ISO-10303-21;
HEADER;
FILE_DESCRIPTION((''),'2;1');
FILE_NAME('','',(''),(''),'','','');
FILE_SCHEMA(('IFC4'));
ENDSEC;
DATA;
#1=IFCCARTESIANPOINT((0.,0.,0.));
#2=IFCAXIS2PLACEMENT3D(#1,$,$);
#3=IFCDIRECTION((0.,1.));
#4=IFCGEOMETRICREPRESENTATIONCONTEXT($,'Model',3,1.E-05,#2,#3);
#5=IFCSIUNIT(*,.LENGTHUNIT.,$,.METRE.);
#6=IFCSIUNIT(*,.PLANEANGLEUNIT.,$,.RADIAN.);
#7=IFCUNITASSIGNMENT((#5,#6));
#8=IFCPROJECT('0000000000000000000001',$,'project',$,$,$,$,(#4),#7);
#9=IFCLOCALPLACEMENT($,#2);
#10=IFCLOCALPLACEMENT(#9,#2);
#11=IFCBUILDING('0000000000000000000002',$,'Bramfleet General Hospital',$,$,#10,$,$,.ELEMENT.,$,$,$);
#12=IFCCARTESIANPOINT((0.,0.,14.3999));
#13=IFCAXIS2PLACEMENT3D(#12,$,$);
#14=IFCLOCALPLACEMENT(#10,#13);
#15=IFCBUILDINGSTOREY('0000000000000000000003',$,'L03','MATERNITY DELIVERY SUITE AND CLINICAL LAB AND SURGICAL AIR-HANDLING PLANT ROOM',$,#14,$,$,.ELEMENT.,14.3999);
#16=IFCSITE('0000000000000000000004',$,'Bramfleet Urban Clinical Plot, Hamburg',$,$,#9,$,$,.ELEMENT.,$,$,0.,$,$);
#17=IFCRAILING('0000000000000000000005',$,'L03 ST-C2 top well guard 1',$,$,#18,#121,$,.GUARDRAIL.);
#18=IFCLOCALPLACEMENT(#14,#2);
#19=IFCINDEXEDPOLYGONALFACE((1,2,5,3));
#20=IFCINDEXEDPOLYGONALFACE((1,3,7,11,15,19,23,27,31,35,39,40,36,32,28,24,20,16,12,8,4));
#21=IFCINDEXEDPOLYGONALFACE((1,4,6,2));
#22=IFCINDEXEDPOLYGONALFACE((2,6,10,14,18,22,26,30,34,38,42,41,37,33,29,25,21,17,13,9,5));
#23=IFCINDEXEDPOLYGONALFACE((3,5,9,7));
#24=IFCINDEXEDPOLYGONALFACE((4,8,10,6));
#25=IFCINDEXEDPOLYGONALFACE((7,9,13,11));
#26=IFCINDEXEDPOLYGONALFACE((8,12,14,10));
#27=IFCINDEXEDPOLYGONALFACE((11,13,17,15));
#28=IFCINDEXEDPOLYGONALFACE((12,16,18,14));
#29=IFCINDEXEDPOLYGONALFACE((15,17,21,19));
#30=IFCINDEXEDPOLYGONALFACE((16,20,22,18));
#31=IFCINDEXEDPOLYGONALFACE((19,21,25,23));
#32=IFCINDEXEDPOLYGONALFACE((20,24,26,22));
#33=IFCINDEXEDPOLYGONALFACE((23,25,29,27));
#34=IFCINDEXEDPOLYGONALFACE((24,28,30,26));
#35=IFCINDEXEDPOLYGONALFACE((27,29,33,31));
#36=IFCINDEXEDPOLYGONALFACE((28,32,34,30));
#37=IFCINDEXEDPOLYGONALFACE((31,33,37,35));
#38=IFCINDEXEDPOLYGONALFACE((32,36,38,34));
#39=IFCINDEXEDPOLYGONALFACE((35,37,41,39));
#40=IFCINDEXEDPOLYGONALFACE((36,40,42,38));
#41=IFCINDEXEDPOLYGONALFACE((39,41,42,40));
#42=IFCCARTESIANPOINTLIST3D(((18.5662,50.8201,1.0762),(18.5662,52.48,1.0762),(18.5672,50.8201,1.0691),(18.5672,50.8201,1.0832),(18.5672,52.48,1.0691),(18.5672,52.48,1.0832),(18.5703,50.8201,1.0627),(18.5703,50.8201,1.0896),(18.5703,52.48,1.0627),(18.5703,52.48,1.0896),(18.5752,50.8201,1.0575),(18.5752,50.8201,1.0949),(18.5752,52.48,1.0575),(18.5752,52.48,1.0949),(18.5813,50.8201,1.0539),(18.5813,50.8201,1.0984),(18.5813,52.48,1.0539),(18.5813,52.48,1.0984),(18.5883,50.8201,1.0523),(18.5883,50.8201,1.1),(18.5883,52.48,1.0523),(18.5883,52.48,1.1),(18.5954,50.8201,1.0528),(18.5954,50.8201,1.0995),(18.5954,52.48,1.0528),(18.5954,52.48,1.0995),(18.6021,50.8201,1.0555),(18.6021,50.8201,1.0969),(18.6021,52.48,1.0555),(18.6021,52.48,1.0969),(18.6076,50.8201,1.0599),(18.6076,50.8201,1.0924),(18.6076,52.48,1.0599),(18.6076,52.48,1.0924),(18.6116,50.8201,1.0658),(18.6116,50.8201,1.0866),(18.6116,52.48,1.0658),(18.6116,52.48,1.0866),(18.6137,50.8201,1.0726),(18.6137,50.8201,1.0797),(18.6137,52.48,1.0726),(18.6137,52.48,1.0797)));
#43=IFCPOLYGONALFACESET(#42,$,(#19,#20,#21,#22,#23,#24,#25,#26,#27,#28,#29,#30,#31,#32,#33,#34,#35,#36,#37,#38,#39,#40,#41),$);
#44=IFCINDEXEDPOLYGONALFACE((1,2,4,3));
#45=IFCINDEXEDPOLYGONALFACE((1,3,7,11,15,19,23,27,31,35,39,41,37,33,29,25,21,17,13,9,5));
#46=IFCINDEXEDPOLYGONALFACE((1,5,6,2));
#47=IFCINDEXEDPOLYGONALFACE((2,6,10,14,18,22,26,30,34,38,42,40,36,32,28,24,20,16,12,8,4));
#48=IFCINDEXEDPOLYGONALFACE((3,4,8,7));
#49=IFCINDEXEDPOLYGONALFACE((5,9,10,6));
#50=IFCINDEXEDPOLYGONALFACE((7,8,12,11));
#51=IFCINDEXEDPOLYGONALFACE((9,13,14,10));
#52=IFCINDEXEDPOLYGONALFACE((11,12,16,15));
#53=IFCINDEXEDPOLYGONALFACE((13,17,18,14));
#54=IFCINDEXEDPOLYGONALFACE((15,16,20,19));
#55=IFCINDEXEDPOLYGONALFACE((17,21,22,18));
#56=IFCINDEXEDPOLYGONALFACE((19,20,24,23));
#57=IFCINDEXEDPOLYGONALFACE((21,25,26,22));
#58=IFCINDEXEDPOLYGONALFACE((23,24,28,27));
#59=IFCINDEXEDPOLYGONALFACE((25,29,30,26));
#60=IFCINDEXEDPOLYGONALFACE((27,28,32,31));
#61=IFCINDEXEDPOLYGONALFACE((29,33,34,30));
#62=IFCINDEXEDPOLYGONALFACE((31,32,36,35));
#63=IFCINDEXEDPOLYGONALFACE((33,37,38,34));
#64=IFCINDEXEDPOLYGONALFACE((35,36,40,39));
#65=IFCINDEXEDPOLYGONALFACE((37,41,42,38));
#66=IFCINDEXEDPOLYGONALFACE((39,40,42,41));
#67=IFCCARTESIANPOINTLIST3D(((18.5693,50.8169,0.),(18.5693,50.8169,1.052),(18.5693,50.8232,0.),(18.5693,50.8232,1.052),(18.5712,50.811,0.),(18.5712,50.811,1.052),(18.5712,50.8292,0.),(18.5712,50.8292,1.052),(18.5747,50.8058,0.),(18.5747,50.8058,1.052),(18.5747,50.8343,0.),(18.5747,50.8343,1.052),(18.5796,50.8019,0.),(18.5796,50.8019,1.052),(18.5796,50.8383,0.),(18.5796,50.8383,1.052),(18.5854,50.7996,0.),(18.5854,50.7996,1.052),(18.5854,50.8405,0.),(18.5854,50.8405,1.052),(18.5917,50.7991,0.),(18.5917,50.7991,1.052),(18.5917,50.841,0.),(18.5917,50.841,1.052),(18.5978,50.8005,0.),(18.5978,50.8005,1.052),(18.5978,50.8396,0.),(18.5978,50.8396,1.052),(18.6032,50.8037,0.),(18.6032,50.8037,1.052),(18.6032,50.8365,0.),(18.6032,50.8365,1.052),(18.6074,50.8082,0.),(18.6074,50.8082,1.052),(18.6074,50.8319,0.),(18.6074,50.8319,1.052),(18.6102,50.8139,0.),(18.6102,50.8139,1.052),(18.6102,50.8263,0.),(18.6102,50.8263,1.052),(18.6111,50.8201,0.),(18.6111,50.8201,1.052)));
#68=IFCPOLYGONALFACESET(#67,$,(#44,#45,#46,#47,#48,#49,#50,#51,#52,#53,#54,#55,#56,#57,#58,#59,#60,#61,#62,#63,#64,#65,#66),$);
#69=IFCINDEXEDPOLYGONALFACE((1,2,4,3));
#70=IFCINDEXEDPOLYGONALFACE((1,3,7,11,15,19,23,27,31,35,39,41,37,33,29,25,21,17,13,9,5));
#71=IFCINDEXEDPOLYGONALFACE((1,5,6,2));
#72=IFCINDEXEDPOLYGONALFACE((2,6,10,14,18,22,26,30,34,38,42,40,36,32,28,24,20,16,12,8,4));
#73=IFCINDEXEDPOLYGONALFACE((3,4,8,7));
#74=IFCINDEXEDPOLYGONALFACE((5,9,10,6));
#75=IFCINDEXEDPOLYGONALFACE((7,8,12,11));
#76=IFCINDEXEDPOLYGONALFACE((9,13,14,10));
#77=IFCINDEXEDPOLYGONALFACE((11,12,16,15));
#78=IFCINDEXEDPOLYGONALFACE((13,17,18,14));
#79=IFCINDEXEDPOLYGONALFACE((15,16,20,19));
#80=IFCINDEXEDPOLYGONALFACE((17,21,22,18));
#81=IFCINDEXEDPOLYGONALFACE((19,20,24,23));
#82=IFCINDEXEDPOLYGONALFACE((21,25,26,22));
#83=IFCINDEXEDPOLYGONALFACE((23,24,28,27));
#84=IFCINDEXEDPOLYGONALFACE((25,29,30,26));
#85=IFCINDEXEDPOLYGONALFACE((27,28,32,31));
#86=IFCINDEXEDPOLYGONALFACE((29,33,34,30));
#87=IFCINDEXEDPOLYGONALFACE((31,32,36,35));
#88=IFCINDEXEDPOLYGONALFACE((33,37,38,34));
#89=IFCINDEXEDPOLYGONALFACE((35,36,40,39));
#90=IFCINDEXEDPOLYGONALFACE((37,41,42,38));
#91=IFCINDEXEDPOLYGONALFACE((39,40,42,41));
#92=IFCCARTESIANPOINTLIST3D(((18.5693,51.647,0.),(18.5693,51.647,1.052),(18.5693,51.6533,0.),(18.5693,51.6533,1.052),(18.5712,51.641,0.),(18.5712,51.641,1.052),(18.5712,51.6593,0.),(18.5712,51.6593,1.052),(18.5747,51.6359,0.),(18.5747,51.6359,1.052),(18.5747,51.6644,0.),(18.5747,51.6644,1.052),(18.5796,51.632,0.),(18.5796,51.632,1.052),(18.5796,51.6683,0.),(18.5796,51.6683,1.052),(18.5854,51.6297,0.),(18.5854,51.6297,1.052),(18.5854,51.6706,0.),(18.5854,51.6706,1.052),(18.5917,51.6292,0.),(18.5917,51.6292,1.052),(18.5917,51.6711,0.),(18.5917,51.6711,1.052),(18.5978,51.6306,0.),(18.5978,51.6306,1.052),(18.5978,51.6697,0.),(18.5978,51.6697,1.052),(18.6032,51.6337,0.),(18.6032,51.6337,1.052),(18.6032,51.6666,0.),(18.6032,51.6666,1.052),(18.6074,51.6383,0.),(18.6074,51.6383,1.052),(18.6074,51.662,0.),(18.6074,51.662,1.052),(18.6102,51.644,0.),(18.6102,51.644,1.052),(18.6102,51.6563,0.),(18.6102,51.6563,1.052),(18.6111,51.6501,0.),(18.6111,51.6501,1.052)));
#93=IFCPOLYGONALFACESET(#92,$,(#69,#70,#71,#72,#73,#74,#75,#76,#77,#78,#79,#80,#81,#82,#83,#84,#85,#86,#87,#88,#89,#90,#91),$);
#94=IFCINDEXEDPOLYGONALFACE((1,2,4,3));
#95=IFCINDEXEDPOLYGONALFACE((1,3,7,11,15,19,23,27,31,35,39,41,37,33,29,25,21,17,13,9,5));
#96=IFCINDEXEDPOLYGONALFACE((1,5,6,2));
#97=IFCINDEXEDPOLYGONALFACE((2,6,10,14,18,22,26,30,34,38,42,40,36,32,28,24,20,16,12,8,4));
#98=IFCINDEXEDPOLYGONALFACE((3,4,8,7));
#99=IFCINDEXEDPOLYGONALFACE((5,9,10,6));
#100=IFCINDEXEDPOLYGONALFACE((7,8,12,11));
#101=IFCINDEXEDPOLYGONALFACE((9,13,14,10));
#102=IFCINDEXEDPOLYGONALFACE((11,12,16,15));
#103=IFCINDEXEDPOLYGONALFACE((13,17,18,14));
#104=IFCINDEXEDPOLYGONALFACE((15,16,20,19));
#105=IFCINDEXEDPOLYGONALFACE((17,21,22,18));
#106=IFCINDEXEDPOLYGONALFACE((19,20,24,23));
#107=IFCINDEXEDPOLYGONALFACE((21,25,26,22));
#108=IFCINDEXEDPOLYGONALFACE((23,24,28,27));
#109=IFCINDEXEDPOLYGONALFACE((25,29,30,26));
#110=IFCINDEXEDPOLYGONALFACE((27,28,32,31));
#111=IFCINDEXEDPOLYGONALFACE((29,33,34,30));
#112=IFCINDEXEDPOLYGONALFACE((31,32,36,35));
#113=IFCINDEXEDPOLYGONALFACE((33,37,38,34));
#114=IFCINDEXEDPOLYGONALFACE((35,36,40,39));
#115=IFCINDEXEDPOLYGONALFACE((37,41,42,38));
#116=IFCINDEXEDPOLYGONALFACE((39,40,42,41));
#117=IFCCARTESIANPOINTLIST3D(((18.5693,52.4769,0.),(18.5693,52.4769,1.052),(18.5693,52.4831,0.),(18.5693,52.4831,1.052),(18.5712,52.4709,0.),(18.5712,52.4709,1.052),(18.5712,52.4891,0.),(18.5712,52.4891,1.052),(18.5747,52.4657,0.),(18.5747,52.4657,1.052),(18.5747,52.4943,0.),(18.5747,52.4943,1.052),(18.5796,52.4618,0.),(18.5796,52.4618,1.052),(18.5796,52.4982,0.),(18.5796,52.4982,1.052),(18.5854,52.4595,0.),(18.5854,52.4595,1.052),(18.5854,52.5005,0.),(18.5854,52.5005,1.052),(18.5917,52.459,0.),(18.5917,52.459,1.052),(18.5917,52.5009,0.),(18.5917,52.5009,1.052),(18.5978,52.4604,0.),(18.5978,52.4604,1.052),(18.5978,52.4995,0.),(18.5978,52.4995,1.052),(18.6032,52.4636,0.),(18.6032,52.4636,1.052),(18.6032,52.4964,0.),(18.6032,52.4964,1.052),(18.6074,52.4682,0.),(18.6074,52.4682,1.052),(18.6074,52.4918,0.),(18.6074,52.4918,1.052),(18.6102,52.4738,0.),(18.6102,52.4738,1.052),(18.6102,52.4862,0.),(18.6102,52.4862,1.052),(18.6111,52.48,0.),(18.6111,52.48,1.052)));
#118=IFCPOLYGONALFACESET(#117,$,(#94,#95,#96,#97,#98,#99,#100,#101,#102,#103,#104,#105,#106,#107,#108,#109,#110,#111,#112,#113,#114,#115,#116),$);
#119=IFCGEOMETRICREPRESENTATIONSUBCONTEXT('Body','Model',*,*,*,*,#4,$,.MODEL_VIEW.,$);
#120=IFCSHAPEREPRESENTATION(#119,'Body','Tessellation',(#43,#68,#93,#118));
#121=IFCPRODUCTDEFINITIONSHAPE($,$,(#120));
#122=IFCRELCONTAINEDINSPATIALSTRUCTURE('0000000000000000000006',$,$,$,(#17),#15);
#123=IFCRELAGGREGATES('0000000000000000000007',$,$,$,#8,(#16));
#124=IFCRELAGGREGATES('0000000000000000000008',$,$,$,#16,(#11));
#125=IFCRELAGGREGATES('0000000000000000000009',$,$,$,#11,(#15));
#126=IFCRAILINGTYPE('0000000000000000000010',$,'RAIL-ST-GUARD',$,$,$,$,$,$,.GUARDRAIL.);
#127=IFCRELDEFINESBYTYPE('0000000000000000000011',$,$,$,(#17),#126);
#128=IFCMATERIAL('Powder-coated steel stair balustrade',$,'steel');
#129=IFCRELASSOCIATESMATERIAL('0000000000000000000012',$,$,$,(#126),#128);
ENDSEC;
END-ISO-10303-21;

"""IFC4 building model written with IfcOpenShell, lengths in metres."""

from ifc_helpers import new_model, si_unit, direction, frame, origin, origin_2d, place, context, subcontext, project, spatial, circle, extrude, material, type_object, element, save


model = new_model("IFC4")

# Units and contexts
model_context = context("Model", 3, precision=1e-05, world=origin(), true_north=direction((0.0, 1.0)))
body_context = subcontext(model_context, "Body", "Model", "MODEL_VIEW")
ifc_project = project(units=[si_unit("LENGTHUNIT", "METRE"), si_unit("PLANEANGLEUNIT", "RADIAN")], contexts=[model_context])

# Site, building, storey
site_placement = place(None, origin())
site = spatial("IfcSite", under=ifc_project, at=site_placement, Name="Bramfleet Urban Clinical Plot, Hamburg", CompositionType="ELEMENT", RefElevation=0.0)
building_placement = place(site_placement, origin())
building = spatial("IfcBuilding", under=site, at=building_placement, Name="Bramfleet General Hospital", CompositionType="ELEMENT")
storey_placement = place(building_placement, frame((0.0, 0.0, 14.3999)))
storey = spatial("IfcBuildingStorey", under=building, at=storey_placement, Name="L03", Description="MATERNITY DELIVERY SUITE AND CLINICAL LAB AND SURGICAL AIR-HANDLING PLANT ROOM", CompositionType="ELEMENT", Elevation=14.3999)

# Railing
ifc_material_1 = material(Name="Powder-coated steel stair balustrade", Category="steel")
railing_type = type_object("IfcRailingType", Name="RAIL-ST-GUARD", PredefinedType="GUARDRAIL", material=ifc_material_1)
railing_placement = place(storey_placement, frame((18.5901, 50.8201, 0.0)))
element("IfcRailing", 1, at=railing_placement, inside=storey, type_object=railing_type, Name="L03 ST-C2 top well guard 1", PredefinedType="GUARDRAIL", context=body_context, shape_type="SweptSolid", body=[
    extrude(circle(Radius=0.0239, at=origin_2d()), frame((0.0, 0.0, 1.0762), z_axis=(0.0, 1.0, 0.0), x_axis=(-1.0, 0.0, 0.0)), (0.0, 0.0, 1.0), 1.6599),
    extrude(circle(Radius=0.021, at=origin_2d()), origin(), (0.0, 0.0, 1.0), 1.052),
    extrude(circle(Radius=0.021, at=origin_2d()), frame((0.0, 0.8301, 0.0)), (0.0, 0.0, 1.0), 1.052),
    extrude(circle(Radius=0.021, at=origin_2d()), frame((0.0, 1.6599, 0.0)), (0.0, 0.0, 1.0), 1.052),
])

save(model, "model.ifc")
